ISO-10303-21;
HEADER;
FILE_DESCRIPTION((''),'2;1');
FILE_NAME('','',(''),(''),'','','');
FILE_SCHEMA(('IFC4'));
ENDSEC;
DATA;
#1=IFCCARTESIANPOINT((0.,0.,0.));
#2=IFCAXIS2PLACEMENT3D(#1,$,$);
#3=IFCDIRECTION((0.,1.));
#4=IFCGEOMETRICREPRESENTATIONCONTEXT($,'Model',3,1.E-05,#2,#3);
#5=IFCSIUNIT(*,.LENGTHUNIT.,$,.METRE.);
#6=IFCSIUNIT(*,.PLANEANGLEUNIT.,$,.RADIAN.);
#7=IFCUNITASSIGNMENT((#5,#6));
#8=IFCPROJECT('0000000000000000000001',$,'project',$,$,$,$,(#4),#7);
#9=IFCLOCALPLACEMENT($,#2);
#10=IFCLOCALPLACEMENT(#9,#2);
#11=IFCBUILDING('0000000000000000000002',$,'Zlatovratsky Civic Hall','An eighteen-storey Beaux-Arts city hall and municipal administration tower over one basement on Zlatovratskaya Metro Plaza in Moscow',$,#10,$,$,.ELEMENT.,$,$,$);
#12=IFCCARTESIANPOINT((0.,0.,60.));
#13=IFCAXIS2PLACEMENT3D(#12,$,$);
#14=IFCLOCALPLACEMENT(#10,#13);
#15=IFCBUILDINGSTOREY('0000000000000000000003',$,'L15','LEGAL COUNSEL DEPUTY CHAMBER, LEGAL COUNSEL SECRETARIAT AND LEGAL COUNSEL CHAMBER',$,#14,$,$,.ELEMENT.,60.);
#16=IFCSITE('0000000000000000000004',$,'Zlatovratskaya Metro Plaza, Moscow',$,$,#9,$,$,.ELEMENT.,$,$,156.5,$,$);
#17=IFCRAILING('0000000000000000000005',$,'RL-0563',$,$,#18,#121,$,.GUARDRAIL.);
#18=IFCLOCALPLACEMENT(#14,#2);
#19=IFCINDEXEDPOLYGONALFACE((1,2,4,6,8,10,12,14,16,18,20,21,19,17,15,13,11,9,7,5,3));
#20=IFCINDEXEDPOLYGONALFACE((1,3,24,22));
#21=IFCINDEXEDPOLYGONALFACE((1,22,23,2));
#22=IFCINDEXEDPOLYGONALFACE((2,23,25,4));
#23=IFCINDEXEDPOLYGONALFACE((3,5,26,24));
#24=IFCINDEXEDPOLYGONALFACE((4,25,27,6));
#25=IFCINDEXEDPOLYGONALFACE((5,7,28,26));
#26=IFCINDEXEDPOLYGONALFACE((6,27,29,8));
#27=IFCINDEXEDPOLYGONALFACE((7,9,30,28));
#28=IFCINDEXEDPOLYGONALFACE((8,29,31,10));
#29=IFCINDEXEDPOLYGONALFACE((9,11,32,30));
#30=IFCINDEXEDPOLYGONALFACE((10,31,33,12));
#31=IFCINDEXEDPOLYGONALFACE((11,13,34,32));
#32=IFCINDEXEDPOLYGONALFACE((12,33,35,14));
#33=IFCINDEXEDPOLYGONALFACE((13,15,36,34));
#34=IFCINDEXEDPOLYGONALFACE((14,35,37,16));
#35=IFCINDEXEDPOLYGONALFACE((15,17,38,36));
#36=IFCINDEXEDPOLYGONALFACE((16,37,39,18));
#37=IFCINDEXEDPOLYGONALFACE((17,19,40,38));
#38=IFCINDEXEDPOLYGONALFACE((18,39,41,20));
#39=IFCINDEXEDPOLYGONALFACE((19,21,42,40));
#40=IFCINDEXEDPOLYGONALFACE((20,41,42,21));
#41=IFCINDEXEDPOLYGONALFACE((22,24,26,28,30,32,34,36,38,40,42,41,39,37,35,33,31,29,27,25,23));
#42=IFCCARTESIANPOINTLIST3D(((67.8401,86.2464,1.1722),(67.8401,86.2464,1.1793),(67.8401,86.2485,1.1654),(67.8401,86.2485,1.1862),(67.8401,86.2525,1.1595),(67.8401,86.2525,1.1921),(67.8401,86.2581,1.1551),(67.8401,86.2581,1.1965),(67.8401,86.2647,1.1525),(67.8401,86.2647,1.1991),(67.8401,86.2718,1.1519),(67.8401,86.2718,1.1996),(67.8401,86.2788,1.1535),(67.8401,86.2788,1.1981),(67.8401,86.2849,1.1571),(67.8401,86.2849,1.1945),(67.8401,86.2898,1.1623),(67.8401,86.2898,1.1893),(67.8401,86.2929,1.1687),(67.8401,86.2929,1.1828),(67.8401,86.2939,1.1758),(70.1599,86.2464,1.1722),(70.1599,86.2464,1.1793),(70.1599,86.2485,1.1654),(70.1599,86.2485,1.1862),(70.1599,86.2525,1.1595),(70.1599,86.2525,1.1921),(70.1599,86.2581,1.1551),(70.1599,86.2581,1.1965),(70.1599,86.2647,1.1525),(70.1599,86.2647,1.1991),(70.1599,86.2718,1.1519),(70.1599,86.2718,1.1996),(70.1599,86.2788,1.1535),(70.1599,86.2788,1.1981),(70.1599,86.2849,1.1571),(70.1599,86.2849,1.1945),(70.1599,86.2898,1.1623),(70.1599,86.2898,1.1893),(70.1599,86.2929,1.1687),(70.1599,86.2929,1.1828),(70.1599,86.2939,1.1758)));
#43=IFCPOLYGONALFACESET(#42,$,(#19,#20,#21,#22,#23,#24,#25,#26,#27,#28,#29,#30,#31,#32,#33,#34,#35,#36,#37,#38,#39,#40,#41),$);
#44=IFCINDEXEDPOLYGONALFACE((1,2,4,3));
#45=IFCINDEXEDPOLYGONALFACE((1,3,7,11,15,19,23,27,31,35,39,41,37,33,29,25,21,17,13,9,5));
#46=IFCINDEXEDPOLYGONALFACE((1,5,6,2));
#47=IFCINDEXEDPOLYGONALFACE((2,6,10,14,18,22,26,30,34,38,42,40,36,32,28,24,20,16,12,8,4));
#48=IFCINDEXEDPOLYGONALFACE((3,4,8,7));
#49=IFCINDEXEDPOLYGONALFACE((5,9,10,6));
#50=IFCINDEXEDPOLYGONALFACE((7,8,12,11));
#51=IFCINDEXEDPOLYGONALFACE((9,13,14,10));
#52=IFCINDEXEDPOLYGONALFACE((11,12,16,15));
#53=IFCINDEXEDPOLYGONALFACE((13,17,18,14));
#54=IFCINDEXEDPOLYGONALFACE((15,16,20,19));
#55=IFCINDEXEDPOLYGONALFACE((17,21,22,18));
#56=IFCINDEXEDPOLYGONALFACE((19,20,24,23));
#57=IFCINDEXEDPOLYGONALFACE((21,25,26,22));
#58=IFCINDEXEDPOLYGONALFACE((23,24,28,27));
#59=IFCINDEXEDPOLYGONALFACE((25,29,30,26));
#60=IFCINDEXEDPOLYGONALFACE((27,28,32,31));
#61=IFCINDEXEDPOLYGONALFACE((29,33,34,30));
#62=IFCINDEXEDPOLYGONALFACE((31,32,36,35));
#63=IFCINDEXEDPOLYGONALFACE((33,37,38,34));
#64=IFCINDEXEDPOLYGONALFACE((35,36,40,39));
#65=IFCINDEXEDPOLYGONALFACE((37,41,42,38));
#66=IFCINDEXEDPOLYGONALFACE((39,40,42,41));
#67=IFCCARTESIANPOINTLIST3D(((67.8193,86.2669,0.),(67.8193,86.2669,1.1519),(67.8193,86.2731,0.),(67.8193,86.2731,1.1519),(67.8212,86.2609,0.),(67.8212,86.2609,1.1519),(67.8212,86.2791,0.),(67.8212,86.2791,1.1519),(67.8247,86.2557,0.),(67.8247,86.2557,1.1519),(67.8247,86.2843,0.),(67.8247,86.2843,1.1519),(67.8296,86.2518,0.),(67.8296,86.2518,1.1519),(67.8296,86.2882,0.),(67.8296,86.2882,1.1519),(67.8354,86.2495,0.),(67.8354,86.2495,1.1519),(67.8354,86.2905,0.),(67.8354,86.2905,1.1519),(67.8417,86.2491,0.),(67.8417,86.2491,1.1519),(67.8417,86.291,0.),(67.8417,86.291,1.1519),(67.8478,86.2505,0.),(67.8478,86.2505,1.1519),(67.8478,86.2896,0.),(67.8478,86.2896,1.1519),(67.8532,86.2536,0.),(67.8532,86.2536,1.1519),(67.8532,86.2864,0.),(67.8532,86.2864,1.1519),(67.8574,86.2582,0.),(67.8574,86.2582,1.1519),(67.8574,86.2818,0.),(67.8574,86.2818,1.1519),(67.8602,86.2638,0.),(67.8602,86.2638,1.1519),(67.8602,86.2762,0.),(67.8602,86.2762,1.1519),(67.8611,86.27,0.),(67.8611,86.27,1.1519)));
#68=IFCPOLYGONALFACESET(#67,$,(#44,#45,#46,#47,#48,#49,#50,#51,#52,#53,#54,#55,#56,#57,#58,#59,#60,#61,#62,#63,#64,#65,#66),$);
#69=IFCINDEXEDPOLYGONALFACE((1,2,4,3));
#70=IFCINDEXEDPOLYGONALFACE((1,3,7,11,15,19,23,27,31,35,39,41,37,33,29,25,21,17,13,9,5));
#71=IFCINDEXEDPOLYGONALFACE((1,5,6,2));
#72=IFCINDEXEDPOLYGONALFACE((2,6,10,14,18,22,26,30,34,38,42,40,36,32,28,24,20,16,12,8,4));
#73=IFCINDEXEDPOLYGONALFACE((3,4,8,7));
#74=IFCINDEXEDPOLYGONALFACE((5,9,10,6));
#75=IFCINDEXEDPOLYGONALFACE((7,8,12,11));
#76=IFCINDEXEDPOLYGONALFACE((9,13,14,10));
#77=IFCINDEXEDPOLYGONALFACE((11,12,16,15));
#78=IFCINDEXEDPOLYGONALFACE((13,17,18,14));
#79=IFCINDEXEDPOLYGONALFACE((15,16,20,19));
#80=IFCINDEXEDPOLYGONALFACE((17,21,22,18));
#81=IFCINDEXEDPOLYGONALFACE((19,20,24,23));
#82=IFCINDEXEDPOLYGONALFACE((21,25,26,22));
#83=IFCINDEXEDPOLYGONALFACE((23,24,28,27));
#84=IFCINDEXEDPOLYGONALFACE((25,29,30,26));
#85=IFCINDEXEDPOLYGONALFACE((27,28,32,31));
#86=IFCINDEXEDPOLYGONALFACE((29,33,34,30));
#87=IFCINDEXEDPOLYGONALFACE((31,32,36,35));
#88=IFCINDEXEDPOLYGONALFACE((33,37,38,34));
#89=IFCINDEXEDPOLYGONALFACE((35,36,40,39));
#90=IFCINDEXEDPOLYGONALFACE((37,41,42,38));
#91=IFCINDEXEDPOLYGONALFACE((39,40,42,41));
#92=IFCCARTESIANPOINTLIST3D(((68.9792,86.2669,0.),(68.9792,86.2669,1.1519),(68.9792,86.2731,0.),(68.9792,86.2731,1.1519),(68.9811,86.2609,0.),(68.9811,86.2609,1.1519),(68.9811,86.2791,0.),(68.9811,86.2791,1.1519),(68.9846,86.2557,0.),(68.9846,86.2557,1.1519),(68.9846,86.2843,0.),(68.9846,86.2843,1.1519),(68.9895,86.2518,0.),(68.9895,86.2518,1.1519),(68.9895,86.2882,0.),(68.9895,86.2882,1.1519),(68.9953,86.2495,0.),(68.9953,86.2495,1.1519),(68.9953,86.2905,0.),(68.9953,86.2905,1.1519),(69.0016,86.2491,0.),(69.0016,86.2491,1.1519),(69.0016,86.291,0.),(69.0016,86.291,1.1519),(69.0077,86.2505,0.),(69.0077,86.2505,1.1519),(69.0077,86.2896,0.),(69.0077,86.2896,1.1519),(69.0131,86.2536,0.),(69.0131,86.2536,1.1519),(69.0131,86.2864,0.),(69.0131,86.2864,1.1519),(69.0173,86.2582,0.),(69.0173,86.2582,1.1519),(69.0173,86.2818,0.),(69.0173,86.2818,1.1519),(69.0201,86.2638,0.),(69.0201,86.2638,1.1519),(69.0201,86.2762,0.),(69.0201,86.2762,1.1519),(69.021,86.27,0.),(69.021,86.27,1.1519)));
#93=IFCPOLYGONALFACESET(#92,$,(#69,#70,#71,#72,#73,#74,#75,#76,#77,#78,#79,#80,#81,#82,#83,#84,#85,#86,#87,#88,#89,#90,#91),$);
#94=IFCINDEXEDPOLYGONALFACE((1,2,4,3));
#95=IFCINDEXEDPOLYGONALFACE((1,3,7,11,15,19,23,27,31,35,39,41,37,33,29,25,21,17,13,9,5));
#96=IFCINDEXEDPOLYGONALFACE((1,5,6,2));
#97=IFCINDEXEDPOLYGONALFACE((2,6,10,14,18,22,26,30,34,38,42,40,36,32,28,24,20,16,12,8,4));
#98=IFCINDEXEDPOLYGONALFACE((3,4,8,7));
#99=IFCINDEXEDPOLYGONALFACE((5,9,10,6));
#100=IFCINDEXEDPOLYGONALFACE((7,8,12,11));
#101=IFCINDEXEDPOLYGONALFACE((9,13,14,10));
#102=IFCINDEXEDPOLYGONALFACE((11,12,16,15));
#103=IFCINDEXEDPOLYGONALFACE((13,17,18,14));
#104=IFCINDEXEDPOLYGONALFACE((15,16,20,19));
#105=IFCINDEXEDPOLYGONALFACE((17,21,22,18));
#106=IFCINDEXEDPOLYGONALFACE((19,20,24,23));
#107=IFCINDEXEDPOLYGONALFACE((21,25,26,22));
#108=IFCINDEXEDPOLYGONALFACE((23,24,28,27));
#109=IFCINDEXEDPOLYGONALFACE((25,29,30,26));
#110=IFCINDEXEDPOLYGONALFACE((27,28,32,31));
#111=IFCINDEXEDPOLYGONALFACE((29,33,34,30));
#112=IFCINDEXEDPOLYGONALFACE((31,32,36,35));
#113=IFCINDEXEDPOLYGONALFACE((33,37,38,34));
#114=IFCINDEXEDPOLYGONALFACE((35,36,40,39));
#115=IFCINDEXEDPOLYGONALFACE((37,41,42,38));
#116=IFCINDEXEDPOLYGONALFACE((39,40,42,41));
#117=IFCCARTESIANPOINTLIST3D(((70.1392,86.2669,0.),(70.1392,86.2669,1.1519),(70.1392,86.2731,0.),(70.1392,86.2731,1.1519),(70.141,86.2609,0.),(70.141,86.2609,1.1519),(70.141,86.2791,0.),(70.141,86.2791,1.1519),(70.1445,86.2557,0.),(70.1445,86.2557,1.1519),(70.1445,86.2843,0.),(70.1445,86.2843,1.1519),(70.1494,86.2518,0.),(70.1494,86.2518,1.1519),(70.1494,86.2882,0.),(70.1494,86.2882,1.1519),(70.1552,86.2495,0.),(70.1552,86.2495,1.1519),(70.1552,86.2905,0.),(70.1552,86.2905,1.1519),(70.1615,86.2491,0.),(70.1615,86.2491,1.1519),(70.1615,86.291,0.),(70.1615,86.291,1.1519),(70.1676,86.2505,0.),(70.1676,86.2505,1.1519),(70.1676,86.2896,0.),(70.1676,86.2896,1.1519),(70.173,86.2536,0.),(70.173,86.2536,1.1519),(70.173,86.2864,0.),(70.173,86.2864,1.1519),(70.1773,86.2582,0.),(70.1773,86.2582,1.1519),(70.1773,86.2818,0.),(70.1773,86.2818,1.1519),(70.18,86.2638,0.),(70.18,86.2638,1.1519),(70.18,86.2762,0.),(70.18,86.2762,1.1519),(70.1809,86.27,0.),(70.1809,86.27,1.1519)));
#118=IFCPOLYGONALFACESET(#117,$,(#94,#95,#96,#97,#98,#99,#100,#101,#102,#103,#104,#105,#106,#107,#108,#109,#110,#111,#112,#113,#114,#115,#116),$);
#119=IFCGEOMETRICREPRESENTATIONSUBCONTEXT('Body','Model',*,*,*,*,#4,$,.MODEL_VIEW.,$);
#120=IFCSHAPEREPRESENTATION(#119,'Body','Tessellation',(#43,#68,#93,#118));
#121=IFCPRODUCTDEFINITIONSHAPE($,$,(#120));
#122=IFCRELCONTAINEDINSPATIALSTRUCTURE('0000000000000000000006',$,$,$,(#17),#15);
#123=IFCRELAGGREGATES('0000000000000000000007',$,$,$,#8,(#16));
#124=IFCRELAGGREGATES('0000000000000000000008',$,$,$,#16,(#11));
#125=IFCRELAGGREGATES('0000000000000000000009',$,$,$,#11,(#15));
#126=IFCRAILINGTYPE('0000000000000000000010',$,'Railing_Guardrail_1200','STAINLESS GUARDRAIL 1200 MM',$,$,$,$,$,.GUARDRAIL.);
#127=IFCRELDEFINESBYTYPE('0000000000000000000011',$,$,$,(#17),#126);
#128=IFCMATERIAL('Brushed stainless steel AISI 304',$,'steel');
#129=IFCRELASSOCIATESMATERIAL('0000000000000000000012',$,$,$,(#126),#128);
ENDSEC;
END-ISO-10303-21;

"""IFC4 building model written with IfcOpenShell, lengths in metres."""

from ifc_helpers import new_model, si_unit, direction, frame, origin, origin_2d, place, context, subcontext, project, spatial, circle, extrude, material, type_object, element, save


model = new_model("IFC4")

# Units and contexts
model_context = context("Model", 3, precision=1e-05, world=origin(), true_north=direction((0.0, 1.0)))
body_context = subcontext(model_context, "Body", "Model", "MODEL_VIEW")
ifc_project = project(units=[si_unit("LENGTHUNIT", "METRE"), si_unit("PLANEANGLEUNIT", "RADIAN")], contexts=[model_context])

# Site, building, storey
site_placement = place(None, origin())
site = spatial("IfcSite", under=ifc_project, at=site_placement, Name="Zlatovratskaya Metro Plaza, Moscow", CompositionType="ELEMENT", RefElevation=156.5)
building_placement = place(site_placement, origin())
building = spatial("IfcBuilding", under=site, at=building_placement, Name="Zlatovratsky Civic Hall", Description="An eighteen-storey Beaux-Arts city hall and municipal administration tower over one basement on Zlatovratskaya Metro Plaza in Moscow", CompositionType="ELEMENT")
storey_placement = place(building_placement, frame((0.0, 0.0, 60.0)))
storey = spatial("IfcBuildingStorey", under=building, at=storey_placement, Name="L15", Description="LEGAL COUNSEL DEPUTY CHAMBER, LEGAL COUNSEL SECRETARIAT AND LEGAL COUNSEL CHAMBER", CompositionType="ELEMENT", Elevation=60.0)

# Railing
ifc_material_1 = material(Name="Brushed stainless steel AISI 304", Category="steel")
railing_type_1 = type_object("IfcRailingType", Name="Railing_Guardrail_1200", Description="STAINLESS GUARDRAIL 1200 MM", PredefinedType="GUARDRAIL", material=ifc_material_1)
railing_1_placement = place(storey_placement, frame((67.8401, 86.27, 0.0)))
element("IfcRailing", 1, at=railing_1_placement, inside=storey, type_object=railing_type_1, Name="RL-0563", PredefinedType="GUARDRAIL", context=body_context, shape_type="SweptSolid", body=[
    extrude(circle(Radius=0.0239, at=origin_2d()), frame((0.0, 0.0, 1.1758), z_axis=(1.0, 0.0, 0.0), x_axis=(0.0, 1.0, 0.0)), (0.0, 0.0, 1.0), 2.3198),
    extrude(circle(Radius=0.021, at=origin_2d()), origin(), (0.0, 0.0, 1.0), 1.1519),
    extrude(circle(Radius=0.021, at=origin_2d()), frame((1.1599, 0.0, 0.0)), (0.0, 0.0, 1.0), 1.1519),
    extrude(circle(Radius=0.021, at=origin_2d()), frame((2.3198, 0.0, 0.0)), (0.0, 0.0, 1.0), 1.1519),
])

save(model, "model.ifc")
